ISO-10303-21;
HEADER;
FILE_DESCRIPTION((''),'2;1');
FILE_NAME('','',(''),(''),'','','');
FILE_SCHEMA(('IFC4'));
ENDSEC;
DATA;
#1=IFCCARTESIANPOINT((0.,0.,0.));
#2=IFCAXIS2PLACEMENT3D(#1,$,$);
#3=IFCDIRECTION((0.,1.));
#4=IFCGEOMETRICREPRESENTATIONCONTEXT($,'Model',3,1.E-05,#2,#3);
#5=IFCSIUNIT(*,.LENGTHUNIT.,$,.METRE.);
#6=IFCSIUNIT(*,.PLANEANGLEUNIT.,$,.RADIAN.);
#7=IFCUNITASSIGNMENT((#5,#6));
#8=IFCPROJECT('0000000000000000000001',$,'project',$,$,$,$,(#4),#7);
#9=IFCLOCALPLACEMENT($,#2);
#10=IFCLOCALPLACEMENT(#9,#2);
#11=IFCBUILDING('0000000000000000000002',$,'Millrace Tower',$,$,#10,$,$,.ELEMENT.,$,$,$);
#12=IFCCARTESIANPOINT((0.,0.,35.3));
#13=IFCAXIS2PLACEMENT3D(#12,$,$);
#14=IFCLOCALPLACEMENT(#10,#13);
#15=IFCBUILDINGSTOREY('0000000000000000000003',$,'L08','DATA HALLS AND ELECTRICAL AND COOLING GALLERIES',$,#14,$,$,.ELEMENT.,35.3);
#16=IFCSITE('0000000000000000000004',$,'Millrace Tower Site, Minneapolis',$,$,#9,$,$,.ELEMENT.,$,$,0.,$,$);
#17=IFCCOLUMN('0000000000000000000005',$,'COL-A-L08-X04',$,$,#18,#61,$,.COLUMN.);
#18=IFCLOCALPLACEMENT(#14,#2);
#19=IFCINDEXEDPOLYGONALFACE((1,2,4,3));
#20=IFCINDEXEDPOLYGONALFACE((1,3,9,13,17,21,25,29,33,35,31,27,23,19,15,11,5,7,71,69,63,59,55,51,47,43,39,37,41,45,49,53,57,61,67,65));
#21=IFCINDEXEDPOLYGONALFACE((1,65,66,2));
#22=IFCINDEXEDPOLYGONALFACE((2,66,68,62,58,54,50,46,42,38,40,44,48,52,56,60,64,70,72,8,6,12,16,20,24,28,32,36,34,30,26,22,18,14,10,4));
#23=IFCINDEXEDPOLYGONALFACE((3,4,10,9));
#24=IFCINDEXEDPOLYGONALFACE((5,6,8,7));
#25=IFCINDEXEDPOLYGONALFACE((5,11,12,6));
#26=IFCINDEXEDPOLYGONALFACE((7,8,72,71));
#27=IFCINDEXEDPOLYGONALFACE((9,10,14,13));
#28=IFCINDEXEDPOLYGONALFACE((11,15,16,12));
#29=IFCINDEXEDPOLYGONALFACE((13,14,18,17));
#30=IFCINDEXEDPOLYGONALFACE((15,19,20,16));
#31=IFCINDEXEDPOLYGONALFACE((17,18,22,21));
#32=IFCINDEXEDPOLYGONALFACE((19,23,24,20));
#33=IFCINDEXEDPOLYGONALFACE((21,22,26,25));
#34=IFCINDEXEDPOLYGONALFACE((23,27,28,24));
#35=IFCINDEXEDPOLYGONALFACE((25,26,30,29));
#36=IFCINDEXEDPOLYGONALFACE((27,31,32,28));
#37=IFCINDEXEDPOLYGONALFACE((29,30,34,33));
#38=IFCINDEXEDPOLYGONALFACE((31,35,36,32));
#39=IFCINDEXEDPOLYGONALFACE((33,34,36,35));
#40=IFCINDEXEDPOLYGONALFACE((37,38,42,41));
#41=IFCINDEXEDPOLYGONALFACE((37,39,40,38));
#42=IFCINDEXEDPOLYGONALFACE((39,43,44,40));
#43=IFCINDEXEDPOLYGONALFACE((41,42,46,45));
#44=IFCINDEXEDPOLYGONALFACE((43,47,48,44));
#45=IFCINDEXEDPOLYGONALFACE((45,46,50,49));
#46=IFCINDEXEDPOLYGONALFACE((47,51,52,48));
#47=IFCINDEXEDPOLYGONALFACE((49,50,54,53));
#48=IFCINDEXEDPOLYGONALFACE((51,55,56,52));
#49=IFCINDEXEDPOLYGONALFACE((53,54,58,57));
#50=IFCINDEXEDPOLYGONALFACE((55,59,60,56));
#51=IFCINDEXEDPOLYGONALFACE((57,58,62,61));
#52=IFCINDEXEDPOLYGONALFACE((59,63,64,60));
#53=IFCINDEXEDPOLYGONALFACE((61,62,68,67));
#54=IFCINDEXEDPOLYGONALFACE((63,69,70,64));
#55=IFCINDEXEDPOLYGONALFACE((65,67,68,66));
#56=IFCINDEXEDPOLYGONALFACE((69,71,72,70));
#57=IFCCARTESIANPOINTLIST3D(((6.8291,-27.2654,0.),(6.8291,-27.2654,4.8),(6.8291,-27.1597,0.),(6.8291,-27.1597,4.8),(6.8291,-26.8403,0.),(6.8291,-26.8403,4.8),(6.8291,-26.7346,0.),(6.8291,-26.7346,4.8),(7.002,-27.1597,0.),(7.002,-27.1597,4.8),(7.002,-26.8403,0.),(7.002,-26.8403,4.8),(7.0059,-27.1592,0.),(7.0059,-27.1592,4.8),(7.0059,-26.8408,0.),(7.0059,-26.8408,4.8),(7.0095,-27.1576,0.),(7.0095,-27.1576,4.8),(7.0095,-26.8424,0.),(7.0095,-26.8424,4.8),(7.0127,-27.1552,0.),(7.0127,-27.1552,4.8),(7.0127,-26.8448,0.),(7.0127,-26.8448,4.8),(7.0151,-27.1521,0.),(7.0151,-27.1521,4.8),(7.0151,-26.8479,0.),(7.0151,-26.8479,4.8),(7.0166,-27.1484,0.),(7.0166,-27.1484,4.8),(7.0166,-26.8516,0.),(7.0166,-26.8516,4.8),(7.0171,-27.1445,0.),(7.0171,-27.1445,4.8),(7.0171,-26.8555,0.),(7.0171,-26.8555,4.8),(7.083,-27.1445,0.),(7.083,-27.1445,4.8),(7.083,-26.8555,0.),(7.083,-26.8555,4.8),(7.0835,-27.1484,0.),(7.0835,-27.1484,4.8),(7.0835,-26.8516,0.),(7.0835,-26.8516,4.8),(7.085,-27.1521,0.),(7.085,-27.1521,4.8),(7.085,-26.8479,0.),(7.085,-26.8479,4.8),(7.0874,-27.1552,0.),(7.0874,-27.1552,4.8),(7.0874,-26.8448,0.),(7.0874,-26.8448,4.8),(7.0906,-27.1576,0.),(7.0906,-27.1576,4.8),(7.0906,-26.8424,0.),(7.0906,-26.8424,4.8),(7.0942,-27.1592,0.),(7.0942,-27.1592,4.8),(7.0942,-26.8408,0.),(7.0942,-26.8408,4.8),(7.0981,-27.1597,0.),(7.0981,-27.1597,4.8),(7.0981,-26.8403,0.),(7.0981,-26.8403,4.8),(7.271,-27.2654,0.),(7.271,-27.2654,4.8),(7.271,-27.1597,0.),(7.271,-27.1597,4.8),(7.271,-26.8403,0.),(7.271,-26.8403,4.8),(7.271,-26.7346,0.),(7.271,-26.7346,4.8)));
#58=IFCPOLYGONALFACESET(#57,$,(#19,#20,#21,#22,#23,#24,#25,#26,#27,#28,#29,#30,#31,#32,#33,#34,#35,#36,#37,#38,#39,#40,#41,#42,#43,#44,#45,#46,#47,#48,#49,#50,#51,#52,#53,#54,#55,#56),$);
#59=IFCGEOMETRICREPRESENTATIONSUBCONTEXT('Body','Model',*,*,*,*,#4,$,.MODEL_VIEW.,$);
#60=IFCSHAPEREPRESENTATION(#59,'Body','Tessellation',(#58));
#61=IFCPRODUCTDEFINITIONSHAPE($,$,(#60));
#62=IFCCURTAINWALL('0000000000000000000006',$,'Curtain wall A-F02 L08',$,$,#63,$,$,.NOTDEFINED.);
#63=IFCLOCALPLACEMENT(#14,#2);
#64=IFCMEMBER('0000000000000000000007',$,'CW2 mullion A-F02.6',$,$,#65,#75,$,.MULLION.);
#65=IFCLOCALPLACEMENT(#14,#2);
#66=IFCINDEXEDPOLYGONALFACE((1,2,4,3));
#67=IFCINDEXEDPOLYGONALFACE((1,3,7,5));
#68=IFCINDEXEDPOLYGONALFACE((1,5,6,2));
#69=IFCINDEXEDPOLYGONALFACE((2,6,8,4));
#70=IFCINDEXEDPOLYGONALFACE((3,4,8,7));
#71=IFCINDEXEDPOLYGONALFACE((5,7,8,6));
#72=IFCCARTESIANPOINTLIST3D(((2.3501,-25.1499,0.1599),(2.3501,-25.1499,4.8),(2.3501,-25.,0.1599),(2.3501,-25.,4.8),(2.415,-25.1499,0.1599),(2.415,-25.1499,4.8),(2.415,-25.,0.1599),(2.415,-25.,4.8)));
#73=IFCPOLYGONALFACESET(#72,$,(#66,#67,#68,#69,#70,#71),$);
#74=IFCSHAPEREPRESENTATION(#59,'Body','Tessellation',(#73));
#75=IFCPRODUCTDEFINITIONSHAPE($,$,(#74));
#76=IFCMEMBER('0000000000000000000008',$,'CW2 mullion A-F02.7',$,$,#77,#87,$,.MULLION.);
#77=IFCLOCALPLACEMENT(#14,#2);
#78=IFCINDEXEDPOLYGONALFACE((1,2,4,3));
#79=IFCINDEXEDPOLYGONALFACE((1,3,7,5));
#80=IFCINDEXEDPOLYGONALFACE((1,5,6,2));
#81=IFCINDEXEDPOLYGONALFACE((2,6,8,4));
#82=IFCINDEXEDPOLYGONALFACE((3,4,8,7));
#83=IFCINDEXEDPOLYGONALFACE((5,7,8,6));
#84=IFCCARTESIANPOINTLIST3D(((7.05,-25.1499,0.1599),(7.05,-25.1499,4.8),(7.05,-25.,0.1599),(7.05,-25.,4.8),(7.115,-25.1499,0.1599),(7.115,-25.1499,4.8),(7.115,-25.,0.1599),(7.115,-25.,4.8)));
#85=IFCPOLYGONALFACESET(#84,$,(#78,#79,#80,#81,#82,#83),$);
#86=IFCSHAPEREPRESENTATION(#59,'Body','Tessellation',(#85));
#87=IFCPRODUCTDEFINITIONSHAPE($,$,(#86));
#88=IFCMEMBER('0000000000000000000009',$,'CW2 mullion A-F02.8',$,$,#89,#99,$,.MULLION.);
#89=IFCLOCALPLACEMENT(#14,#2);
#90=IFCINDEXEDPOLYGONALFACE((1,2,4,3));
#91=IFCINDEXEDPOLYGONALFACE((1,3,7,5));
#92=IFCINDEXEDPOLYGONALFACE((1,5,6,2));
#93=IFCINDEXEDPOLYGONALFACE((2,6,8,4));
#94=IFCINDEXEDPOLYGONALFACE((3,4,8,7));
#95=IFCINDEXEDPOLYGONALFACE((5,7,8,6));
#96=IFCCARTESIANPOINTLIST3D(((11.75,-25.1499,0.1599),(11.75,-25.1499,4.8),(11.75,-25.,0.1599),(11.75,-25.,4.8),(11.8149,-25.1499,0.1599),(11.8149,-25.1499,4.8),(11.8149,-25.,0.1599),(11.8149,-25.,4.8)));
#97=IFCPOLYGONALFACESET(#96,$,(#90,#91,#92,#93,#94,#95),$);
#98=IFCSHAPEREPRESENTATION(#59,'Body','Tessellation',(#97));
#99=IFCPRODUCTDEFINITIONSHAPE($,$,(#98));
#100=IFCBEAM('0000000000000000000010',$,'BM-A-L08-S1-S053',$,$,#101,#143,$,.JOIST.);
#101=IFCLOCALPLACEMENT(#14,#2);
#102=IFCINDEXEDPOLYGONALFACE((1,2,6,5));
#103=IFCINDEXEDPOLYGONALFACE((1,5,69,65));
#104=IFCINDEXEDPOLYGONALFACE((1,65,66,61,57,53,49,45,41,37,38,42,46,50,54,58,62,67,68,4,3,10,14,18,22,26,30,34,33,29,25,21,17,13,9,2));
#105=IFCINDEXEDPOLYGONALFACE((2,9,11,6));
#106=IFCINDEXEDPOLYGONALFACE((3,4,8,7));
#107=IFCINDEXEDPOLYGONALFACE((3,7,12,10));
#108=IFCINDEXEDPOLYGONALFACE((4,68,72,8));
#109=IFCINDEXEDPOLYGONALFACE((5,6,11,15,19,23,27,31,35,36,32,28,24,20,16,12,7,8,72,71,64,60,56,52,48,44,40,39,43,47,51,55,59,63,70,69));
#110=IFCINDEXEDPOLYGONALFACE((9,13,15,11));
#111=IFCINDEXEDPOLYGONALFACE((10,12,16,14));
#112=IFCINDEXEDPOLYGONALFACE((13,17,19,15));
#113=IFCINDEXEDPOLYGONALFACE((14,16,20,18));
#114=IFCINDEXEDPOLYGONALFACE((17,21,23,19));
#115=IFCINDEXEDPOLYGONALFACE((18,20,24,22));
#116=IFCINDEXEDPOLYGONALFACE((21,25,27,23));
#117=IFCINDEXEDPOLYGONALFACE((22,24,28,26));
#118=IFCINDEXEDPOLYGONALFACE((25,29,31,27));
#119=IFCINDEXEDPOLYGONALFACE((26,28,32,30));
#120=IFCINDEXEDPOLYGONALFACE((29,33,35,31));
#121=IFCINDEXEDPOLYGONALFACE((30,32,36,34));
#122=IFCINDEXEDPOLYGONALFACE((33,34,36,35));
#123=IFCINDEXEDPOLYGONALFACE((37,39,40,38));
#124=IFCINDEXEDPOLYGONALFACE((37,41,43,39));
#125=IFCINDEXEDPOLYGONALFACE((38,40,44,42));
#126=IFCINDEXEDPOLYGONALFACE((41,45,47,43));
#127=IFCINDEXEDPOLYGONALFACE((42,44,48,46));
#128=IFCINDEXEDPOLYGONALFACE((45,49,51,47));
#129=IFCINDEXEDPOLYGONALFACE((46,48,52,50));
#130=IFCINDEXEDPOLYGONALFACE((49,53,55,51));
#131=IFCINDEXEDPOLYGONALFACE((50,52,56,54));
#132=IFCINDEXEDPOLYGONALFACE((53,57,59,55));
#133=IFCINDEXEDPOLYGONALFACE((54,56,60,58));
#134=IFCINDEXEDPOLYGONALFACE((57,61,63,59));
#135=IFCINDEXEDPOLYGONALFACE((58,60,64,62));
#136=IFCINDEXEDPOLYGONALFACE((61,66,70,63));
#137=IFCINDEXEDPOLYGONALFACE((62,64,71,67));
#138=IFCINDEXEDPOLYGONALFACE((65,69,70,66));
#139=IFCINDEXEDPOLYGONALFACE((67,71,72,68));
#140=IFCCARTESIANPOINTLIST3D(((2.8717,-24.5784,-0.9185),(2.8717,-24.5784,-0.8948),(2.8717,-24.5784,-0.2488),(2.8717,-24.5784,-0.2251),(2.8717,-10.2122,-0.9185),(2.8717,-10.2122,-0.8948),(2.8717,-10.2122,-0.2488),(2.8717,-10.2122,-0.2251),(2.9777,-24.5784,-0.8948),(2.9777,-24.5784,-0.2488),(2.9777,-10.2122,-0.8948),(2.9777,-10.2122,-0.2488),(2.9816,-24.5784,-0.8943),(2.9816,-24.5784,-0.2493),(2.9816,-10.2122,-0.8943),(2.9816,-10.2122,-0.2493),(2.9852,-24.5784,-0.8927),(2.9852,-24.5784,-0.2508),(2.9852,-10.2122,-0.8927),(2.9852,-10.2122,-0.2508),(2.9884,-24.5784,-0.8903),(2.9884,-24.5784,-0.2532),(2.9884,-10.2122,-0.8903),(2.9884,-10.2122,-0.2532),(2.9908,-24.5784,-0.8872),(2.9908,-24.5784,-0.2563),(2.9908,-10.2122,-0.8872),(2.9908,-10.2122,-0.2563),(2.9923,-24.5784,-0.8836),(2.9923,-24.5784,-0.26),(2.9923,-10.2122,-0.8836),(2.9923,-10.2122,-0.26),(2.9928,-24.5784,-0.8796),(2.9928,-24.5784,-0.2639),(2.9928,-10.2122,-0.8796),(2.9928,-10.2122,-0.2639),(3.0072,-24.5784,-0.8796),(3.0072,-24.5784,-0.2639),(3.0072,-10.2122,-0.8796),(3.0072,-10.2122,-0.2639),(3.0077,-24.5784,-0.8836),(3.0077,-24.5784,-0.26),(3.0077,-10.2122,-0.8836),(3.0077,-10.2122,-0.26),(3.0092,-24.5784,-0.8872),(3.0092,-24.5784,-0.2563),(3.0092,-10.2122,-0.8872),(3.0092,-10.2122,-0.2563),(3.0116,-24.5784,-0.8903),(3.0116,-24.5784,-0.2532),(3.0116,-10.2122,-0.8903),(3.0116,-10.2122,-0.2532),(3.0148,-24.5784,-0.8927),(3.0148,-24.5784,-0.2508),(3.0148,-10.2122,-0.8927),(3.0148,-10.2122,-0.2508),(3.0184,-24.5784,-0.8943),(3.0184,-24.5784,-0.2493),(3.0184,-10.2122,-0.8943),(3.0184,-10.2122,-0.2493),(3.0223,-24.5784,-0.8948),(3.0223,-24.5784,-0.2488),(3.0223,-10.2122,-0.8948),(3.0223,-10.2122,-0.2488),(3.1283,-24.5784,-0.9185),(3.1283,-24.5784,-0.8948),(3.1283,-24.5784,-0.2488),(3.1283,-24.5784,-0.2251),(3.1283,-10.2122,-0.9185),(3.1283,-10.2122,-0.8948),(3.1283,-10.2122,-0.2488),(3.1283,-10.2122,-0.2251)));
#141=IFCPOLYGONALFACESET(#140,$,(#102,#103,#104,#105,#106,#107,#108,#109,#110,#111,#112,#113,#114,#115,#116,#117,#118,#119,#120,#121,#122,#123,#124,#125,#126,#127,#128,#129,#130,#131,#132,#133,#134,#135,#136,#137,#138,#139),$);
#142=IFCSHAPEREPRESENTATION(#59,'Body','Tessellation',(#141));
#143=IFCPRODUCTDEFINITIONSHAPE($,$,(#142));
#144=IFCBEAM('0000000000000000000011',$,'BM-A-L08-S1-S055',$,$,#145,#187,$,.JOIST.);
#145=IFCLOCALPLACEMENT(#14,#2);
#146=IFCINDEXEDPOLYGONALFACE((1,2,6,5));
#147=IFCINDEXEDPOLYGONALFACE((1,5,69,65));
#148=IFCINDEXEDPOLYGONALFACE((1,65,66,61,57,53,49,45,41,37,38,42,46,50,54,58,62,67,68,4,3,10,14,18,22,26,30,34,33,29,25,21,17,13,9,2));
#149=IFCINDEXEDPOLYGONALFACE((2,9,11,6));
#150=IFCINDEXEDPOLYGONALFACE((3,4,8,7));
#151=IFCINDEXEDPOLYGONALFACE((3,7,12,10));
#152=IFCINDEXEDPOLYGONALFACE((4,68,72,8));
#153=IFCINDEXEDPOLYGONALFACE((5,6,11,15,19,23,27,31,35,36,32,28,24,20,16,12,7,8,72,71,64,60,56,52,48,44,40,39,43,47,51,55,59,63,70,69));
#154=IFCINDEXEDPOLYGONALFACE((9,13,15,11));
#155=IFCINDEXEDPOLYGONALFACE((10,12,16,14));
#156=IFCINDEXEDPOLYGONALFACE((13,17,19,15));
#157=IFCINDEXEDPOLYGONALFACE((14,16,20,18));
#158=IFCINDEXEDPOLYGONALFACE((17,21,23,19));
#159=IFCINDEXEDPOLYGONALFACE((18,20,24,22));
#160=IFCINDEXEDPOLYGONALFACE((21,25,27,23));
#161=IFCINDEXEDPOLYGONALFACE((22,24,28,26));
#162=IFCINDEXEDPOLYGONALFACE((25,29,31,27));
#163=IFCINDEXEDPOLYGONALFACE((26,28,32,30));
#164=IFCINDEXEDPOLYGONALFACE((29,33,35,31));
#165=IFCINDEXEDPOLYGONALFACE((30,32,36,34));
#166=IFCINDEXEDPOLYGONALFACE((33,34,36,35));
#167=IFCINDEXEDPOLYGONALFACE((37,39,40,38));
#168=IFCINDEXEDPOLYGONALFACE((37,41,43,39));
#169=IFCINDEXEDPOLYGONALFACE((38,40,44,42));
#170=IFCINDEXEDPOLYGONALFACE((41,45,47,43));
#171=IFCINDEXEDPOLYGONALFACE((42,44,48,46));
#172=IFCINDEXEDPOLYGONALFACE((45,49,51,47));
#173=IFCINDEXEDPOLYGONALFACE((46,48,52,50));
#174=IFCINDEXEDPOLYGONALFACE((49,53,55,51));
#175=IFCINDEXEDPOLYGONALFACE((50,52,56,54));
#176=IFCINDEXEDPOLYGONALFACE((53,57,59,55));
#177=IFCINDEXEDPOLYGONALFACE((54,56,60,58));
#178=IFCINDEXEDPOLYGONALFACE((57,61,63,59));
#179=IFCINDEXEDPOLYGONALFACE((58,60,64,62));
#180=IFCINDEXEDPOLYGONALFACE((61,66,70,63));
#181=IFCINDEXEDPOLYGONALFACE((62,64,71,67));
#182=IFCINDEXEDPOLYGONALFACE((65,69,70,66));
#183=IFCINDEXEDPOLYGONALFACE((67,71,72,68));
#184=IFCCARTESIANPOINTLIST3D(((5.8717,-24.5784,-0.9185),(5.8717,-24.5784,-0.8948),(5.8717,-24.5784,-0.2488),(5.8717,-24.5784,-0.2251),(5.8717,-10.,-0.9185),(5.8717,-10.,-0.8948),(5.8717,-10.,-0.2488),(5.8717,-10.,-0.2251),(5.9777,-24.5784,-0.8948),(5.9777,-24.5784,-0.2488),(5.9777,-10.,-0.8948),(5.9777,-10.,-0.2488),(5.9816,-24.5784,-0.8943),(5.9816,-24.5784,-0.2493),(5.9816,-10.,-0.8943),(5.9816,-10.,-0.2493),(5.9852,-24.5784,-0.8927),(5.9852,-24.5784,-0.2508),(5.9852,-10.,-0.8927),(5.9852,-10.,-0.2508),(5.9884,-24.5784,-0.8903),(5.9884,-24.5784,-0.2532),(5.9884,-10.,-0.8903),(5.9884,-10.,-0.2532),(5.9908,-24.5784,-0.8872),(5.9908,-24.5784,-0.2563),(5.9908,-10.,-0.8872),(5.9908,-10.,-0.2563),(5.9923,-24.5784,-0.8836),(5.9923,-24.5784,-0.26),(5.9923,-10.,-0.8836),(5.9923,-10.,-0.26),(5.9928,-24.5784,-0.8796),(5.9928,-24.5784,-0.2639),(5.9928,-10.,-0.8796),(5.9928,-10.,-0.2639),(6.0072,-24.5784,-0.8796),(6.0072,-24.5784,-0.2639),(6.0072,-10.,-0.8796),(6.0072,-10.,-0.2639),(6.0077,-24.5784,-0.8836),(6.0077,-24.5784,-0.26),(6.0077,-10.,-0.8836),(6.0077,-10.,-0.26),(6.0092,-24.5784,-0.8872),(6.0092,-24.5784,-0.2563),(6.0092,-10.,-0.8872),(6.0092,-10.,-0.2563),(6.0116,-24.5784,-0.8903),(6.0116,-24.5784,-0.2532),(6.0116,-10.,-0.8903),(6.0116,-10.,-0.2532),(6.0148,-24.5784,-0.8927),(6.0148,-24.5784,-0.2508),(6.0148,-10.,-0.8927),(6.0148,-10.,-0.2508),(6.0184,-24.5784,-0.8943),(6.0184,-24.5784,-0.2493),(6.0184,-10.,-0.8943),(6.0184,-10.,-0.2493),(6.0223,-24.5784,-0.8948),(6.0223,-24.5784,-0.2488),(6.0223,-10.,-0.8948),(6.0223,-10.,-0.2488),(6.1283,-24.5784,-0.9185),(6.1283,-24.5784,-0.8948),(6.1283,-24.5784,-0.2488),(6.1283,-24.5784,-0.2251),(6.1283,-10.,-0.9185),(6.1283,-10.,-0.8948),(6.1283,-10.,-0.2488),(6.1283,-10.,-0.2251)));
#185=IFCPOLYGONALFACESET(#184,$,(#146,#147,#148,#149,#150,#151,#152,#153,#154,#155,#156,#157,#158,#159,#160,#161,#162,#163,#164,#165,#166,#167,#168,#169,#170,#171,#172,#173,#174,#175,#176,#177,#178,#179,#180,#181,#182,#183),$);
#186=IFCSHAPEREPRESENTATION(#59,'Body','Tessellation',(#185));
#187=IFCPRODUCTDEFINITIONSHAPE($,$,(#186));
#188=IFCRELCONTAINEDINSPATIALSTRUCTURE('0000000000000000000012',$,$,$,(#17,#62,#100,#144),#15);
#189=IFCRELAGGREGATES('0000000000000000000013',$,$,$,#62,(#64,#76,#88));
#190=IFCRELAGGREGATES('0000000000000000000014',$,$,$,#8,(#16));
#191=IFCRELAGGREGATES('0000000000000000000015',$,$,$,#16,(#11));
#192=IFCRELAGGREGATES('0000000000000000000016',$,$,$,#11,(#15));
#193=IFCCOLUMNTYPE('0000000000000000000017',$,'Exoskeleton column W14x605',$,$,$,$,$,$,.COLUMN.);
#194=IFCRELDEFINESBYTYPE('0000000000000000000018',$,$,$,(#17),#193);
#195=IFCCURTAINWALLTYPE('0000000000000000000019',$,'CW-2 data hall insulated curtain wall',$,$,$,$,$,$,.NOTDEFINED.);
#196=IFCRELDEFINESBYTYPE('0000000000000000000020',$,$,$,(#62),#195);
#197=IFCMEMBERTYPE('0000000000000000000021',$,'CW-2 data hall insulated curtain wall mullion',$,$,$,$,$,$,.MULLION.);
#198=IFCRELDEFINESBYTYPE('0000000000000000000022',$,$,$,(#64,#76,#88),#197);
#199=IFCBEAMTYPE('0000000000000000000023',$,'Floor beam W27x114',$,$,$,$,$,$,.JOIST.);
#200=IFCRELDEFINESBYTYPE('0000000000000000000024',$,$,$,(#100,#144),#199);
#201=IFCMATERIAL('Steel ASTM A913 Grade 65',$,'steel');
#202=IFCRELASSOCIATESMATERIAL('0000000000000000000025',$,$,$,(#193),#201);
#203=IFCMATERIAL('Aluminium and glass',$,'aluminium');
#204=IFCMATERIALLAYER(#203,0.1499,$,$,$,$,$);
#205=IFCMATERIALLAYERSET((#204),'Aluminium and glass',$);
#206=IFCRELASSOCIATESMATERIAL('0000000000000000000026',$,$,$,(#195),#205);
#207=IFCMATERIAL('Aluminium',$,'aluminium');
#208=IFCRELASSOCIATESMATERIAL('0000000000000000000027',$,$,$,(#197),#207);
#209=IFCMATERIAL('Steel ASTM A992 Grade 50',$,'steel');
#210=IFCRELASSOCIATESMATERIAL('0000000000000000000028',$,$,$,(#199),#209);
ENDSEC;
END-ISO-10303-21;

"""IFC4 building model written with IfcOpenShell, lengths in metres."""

from ifc_helpers import new_model, si_unit, direction, frame, origin, origin_2d, place, context, subcontext, project, spatial, rectangle, i_section, extrude, material, layer, layer_set, material_profile, profile_set, type_object, element, aggregate, save


model = new_model("IFC4")

# Units and contexts
model_context = context("Model", 3, precision=1e-05, world=origin(), true_north=direction((0.0, 1.0)))
body_context = subcontext(model_context, "Body", "Model", "MODEL_VIEW")
ifc_project = project(units=[si_unit("LENGTHUNIT", "METRE"), si_unit("PLANEANGLEUNIT", "RADIAN")], contexts=[model_context])

# Site, building, storey
site_placement = place(None, origin())
site = spatial("IfcSite", under=ifc_project, at=site_placement, Name="Millrace Tower Site, Minneapolis", CompositionType="ELEMENT", RefElevation=0.0)
building_placement = place(site_placement, origin())
building = spatial("IfcBuilding", under=site, at=building_placement, Name="Millrace Tower", CompositionType="ELEMENT")
storey_placement = place(building_placement, frame((0.0, 0.0, 35.3)))
storey = spatial("IfcBuildingStorey", under=building, at=storey_placement, Name="L08", Description="DATA HALLS AND ELECTRICAL AND COOLING GALLERIES", CompositionType="ELEMENT", Elevation=35.3)

# Column
ifc_material_1 = material(Name="Steel ASTM A913 Grade 65", Category="steel")
ifc_material_profile_1 = material_profile(ifc_material_1, i_section(OverallWidth=0.4419, OverallDepth=0.5308, WebThickness=0.0659, FlangeThickness=0.1057, FilletRadius=0.0151, at=origin_2d()))
ifc_profile_set_1 = profile_set([ifc_material_profile_1], Name="Steel ASTM A913 Grade 65")
column_type = type_object("IfcColumnType", Name="Exoskeleton column W14x605", PredefinedType="COLUMN", material=ifc_profile_set_1)
column_placement = place(storey_placement, frame((7.05, -27.0, 0.0), z_axis=(0.0, 0.0, 1.0), x_axis=(1.0, 0.0, 0.0)))
element("IfcColumn", 1, at=column_placement, inside=storey, type_object=column_type, Name="COL-A-L08-X04", PredefinedType="COLUMN", context=body_context, shape_type="SweptSolid", body=[
    extrude(i_section(OverallWidth=0.4419, OverallDepth=0.5308, WebThickness=0.0659, FlangeThickness=0.1057, FilletRadius=0.0151, at=origin_2d()), origin(), (0.0, 0.0, 1.0), 4.8),
])

# Curtain wall, members
ifc_material_2 = material(Name="Aluminium and glass", Category="aluminium")
ifc_layer_1 = layer(ifc_material_2, 0.1499)
ifc_layer_set_1 = layer_set([ifc_layer_1], Name="Aluminium and glass")
curtain_wall_type = type_object("IfcCurtainWallType", Name="CW-2 data hall insulated curtain wall", PredefinedType="NOTDEFINED", material=ifc_layer_set_1)
placement = place(storey_placement, origin())
curtain_wall = element("IfcCurtainWall", 2, at=placement, inside=storey, type_object=curtain_wall_type, Name="Curtain wall A-F02 L08", PredefinedType="NOTDEFINED")
ifc_material_3 = material(Name="Aluminium", Category="aluminium")
ifc_material_profile_2 = material_profile(ifc_material_3, rectangle(XDim=0.0649, YDim=0.1499, at=origin_2d()))
ifc_profile_set_2 = profile_set([ifc_material_profile_2], Name="Aluminium")
member_type = type_object("IfcMemberType", Name="CW-2 data hall insulated curtain wall mullion", PredefinedType="MULLION", material=ifc_profile_set_2)
member_1_placement = place(storey_placement, frame((2.3826, -25.075, 0.1599), z_axis=(0.0, 0.0, 1.0), x_axis=(1.0, 0.0, 0.0)))
member_1 = element("IfcMember", 3, at=member_1_placement, type_object=member_type, Name="CW2 mullion A-F02.6", PredefinedType="MULLION", context=body_context, shape_type="SweptSolid", body=[
    extrude(rectangle(XDim=0.0649, YDim=0.1499, at=origin_2d()), origin(), (0.0, 0.0, 1.0), 4.6401),
])
member_2_placement = place(storey_placement, frame((7.0825, -25.075, 0.1599), z_axis=(0.0, 0.0, 1.0), x_axis=(1.0, 0.0, 0.0)))
member_2 = element("IfcMember", 4, at=member_2_placement, type_object=member_type, Name="CW2 mullion A-F02.7", PredefinedType="MULLION", context=body_context, shape_type="SweptSolid", body=[
    extrude(rectangle(XDim=0.0649, YDim=0.1499, at=origin_2d()), origin(), (0.0, 0.0, 1.0), 4.6401),
])
member_3_placement = place(storey_placement, frame((11.7825, -25.075, 0.1599), z_axis=(0.0, 0.0, 1.0), x_axis=(1.0, 0.0, 0.0)))
member_3 = element("IfcMember", 5, at=member_3_placement, type_object=member_type, Name="CW2 mullion A-F02.8", PredefinedType="MULLION", context=body_context, shape_type="SweptSolid", body=[
    extrude(rectangle(XDim=0.0649, YDim=0.1499, at=origin_2d()), origin(), (0.0, 0.0, 1.0), 4.6401),
])
aggregate(curtain_wall, [member_1, member_2, member_3])

# Beams
ifc_material_4 = material(Name="Steel ASTM A992 Grade 50", Category="steel")
ifc_material_profile_3 = material_profile(ifc_material_4, i_section(OverallWidth=0.2566, OverallDepth=0.6934, WebThickness=0.0144, FlangeThickness=0.0237, FilletRadius=0.0151, at=origin_2d()))
ifc_profile_set_3 = profile_set([ifc_material_profile_3], Name="Steel ASTM A992 Grade 50")
beam_type_1 = type_object("IfcBeamType", Name="Floor beam W27x114", PredefinedType="JOIST", material=ifc_profile_set_3)
beam_1_placement = place(storey_placement, frame((3.0, -24.5784, -0.5718), z_axis=(0.0, 1.0, 0.0), x_axis=(-1.0, 0.0, 0.0)))
element("IfcBeam", 6, at=beam_1_placement, inside=storey, type_object=beam_type_1, Name="BM-A-L08-S1-S053", PredefinedType="JOIST", context=body_context, shape_type="SweptSolid", body=[
    extrude(i_section(OverallWidth=0.2566, OverallDepth=0.6934, WebThickness=0.0144, FlangeThickness=0.0237, FilletRadius=0.0151, at=origin_2d()), origin(), (0.0, 0.0, 1.0), 14.3662),
])
for number, where, z_axis, x_axis, name in (
    (7, (6.0, -24.5784, -0.5718), (0.0, 1.0, 0.0), (-1.0, 0.0, 0.0), "BM-A-L08-S1-S055"),
):
    element("IfcBeam", number, at=place(storey_placement, frame(where, z_axis=z_axis, x_axis=x_axis)), inside=storey, type_object=beam_type_1, Name=name, PredefinedType="JOIST", context=body_context, shape_type="SweptSolid", body=[
        extrude(i_section(OverallWidth=0.2566, OverallDepth=0.6934, WebThickness=0.0144, FlangeThickness=0.0237, FilletRadius=0.0151, at=origin_2d()), origin(), (0.0, 0.0, 1.0), 14.5784),
    ])

save(model, "model.ifc")
